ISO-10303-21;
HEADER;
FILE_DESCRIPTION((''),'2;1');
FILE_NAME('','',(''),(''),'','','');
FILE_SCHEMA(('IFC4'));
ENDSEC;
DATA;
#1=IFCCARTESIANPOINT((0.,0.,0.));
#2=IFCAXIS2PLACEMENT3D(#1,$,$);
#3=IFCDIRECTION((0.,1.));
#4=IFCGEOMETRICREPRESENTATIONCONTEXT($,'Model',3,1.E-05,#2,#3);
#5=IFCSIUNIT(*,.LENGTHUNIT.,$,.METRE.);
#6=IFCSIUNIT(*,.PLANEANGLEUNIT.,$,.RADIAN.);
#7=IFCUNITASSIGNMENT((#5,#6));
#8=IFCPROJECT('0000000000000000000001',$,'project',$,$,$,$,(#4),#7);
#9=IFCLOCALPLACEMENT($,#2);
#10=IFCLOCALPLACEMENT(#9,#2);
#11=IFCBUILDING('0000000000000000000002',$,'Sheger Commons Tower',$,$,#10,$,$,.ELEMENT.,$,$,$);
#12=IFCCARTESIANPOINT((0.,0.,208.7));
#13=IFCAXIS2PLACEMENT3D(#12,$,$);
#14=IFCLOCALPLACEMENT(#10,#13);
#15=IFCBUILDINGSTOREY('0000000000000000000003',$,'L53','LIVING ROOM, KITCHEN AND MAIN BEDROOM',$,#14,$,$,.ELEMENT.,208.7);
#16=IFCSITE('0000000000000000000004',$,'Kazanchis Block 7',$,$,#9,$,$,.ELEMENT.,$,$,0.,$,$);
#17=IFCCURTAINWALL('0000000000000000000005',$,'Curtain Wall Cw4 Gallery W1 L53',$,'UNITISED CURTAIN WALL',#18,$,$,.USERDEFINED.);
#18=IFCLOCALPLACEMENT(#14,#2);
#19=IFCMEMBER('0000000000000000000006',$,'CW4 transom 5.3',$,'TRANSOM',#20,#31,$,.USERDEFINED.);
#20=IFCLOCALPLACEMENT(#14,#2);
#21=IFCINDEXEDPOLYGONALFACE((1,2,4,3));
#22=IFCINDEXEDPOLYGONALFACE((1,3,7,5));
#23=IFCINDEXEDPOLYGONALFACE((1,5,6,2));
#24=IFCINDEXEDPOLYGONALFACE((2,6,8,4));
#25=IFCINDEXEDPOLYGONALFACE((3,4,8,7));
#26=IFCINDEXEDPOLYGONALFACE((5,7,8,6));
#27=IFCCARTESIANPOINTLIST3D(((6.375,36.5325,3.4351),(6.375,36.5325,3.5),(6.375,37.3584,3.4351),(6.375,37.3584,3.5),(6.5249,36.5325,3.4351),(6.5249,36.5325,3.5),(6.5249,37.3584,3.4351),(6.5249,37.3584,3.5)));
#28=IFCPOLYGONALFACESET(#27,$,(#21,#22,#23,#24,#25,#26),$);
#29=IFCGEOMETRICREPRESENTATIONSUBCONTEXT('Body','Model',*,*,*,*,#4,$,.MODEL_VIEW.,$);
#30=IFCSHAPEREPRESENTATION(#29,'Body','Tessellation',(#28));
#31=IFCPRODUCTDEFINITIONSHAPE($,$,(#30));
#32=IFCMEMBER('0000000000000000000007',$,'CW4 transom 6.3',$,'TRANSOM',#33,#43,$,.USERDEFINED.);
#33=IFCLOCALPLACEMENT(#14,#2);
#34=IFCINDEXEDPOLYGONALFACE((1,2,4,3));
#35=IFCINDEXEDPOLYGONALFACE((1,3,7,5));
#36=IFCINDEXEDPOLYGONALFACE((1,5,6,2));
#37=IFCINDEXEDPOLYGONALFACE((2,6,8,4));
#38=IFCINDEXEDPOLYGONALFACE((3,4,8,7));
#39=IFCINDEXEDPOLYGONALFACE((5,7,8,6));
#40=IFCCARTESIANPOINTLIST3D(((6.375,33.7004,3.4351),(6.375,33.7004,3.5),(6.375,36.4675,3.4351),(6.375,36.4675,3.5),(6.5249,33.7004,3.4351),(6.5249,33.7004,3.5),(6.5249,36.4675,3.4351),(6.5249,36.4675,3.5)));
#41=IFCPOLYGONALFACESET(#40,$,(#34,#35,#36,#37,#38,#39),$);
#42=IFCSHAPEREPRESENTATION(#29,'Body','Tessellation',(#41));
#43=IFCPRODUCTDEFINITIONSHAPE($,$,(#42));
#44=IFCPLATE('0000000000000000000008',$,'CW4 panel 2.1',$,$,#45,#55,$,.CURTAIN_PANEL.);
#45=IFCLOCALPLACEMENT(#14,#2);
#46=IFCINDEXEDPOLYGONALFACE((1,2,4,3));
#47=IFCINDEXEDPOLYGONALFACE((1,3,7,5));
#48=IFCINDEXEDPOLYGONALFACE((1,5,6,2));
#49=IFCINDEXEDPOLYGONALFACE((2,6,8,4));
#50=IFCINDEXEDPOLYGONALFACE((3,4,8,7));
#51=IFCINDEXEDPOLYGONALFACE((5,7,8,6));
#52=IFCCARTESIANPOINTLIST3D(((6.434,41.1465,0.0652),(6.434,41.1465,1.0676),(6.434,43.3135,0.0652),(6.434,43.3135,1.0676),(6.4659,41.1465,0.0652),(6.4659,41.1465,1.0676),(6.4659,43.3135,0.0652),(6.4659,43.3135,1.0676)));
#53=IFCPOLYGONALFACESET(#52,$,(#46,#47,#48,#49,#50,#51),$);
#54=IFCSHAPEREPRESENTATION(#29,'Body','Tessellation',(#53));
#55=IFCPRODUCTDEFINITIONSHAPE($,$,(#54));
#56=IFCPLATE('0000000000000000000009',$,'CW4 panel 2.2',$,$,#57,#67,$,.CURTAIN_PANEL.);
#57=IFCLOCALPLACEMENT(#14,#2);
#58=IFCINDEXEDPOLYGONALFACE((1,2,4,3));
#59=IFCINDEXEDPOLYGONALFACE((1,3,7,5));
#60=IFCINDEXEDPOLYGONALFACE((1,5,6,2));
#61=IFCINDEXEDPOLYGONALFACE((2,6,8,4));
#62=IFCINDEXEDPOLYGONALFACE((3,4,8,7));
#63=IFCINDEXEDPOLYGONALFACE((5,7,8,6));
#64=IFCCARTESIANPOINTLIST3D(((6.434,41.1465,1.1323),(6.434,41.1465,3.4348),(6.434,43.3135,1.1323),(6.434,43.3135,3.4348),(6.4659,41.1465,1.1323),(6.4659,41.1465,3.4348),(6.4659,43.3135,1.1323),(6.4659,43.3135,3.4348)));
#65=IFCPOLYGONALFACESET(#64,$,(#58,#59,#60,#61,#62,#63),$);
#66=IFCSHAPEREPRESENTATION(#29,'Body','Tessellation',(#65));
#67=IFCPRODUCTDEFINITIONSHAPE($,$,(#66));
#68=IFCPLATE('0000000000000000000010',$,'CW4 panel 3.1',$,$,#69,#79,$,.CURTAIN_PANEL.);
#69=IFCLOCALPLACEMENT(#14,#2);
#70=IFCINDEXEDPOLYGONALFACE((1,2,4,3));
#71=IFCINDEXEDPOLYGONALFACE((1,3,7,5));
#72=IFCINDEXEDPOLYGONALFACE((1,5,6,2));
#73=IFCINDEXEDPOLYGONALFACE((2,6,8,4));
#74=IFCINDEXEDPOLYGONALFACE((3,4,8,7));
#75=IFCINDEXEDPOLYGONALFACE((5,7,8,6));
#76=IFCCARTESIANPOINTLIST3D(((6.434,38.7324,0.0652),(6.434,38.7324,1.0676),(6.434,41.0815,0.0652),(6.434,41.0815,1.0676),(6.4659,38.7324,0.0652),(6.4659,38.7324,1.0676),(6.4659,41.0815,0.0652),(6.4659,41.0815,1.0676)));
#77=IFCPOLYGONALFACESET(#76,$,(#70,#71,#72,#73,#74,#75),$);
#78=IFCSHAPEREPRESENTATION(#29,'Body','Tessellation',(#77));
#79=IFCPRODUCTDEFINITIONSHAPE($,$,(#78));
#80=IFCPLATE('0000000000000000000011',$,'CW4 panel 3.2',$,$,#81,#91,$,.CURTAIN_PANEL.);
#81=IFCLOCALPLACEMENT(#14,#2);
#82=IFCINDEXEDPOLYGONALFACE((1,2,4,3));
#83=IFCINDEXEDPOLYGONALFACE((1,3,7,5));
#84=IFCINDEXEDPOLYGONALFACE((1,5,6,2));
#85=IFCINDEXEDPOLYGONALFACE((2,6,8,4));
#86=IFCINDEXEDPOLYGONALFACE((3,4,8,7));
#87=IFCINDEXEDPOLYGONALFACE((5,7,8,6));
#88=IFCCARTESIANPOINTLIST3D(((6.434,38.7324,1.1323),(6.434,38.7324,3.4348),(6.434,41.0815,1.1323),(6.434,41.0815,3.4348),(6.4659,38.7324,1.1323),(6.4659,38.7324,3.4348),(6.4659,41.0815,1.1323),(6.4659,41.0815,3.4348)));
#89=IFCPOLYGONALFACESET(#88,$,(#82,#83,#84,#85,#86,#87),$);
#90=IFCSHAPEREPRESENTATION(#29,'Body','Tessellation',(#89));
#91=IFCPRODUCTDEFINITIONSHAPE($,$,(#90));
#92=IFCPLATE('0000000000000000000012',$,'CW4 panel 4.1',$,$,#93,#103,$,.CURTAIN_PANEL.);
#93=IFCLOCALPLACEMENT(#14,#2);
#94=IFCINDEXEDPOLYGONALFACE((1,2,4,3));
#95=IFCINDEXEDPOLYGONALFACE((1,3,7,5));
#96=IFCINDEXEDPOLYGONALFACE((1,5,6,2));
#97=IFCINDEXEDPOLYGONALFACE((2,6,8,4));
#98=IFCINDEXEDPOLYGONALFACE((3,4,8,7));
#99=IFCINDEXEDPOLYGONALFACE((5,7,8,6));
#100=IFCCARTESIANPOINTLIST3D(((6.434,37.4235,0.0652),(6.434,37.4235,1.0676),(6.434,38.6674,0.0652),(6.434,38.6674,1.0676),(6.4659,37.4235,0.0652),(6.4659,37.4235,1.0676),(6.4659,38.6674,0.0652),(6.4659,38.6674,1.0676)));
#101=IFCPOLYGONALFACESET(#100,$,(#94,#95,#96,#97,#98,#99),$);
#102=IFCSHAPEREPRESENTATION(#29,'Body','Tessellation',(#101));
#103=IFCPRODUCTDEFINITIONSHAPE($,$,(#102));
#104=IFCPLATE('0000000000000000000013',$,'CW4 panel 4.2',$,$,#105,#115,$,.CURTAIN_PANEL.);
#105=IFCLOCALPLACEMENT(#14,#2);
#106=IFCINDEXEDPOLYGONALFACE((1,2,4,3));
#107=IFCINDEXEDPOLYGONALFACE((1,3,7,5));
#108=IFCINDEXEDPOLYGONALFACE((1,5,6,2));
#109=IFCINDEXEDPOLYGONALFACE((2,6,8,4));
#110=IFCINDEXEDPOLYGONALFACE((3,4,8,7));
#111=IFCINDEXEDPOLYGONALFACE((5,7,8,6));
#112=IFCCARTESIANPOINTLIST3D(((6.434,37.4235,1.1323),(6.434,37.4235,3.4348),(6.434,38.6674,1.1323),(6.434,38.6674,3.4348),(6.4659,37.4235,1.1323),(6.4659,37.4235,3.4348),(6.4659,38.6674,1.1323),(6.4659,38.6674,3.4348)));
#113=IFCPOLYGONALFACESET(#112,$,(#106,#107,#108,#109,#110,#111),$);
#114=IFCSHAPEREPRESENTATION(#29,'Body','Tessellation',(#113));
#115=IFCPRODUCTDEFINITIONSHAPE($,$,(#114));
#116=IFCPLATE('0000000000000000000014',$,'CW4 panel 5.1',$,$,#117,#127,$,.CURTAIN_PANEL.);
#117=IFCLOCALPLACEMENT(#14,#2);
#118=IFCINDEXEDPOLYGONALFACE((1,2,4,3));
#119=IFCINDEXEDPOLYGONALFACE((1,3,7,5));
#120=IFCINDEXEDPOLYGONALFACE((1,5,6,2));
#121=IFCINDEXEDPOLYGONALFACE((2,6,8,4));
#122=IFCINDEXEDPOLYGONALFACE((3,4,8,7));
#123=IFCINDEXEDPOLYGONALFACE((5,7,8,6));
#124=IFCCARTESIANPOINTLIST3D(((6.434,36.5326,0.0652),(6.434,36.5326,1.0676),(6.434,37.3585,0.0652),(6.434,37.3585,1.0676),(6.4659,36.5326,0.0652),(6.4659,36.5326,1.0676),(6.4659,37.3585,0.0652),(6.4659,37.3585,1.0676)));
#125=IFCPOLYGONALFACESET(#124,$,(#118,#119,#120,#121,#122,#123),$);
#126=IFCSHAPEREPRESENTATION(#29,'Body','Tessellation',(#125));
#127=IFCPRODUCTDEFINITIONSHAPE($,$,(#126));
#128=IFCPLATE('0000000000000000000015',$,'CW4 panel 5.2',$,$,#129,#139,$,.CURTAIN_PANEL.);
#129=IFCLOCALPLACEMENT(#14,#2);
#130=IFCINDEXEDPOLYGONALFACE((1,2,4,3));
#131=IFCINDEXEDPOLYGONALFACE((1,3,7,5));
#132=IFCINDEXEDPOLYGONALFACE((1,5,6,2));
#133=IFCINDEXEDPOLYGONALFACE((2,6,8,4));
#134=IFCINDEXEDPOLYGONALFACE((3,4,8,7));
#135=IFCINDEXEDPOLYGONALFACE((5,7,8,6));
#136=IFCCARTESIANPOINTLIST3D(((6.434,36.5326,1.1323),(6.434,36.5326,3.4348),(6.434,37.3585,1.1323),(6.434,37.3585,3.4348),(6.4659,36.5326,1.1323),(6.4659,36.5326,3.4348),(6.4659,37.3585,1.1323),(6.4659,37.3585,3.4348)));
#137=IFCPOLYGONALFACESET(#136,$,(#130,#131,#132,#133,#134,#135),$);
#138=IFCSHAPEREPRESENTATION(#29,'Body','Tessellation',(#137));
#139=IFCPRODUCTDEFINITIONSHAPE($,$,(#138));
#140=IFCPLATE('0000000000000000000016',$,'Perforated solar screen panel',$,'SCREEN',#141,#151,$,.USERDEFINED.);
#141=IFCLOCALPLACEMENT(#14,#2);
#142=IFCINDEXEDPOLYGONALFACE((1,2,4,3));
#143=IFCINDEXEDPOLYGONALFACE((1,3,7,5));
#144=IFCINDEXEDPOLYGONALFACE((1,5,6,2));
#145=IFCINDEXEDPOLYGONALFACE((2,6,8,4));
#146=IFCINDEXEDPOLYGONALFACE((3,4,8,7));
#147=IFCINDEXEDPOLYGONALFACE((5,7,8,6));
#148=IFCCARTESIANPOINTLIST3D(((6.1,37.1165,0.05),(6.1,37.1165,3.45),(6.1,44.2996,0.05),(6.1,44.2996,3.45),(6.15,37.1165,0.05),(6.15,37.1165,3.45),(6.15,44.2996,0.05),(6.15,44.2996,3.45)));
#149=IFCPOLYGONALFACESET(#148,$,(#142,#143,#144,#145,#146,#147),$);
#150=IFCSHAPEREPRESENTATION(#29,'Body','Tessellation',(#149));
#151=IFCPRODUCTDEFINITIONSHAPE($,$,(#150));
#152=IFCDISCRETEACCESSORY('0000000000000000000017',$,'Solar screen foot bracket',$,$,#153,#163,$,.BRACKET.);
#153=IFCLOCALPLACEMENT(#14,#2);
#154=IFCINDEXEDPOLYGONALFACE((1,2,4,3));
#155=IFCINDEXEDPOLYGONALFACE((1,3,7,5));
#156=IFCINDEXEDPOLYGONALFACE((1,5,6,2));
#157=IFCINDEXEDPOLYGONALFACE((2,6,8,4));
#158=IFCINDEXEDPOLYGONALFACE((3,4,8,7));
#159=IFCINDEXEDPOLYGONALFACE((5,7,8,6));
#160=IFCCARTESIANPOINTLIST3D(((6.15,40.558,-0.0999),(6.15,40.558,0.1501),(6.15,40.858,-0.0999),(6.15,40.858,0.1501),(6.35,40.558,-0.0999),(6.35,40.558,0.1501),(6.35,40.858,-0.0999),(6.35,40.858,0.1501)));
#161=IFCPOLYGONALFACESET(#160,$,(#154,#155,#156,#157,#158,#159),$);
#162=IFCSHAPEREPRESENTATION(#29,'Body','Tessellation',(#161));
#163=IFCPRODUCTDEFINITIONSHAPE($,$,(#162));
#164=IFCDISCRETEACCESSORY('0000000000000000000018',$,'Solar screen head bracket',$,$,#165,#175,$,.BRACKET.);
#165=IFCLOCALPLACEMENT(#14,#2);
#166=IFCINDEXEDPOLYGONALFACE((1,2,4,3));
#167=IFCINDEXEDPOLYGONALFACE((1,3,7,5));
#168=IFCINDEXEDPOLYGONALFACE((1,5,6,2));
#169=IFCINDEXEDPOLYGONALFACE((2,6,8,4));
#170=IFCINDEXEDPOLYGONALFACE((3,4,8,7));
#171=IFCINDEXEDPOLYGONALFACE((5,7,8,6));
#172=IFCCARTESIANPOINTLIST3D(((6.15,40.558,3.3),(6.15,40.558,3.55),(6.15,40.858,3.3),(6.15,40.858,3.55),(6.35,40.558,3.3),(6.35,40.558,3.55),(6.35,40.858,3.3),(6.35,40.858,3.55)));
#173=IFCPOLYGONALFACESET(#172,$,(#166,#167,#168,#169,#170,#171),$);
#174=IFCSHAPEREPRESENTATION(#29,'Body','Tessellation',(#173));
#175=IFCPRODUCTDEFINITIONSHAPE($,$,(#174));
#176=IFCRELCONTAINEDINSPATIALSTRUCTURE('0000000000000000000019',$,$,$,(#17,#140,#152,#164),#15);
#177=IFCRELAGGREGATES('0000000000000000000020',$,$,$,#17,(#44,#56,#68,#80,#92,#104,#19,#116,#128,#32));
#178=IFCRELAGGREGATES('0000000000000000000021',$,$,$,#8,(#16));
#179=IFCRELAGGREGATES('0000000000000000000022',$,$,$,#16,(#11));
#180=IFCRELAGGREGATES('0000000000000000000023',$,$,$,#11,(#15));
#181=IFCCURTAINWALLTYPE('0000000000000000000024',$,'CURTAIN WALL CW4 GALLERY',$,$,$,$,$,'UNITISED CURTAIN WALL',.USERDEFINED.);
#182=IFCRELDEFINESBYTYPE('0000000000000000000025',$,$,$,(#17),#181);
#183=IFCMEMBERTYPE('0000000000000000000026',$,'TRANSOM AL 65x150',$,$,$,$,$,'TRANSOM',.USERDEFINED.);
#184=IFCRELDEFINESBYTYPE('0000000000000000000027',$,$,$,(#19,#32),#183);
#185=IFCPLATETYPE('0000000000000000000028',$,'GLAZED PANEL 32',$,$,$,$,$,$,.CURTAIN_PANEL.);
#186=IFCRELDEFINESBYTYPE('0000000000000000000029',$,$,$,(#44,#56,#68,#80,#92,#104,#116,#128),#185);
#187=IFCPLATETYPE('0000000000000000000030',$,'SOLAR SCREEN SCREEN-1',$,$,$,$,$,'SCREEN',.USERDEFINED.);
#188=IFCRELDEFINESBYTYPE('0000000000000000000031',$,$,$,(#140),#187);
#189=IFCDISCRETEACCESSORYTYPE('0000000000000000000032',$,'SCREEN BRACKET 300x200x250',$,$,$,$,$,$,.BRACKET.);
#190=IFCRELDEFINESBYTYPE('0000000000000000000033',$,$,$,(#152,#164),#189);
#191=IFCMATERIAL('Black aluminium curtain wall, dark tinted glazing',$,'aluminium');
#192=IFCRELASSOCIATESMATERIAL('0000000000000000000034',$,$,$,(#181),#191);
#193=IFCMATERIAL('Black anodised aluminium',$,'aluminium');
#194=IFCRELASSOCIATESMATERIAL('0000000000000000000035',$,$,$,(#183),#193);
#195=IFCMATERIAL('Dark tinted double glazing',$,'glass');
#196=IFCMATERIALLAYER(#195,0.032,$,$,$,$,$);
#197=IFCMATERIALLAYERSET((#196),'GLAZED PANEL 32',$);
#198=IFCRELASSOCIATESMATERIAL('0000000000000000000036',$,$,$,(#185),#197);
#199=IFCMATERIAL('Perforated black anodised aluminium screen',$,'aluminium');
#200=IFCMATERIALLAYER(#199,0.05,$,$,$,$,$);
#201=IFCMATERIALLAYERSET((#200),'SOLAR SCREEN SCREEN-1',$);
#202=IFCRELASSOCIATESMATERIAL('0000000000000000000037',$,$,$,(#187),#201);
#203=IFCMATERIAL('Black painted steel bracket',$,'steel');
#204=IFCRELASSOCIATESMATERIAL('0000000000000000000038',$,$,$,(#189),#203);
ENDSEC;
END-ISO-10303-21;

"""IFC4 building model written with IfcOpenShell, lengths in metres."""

from ifc_helpers import new_model, si_unit, direction, frame, origin, origin_2d, place, context, subcontext, project, spatial, rectangle, extrude, material, layer, layer_set, material_profile, profile_set, type_object, element, aggregate, save


model = new_model("IFC4")

# Units and contexts
model_context = context("Model", 3, precision=1e-05, world=origin(), true_north=direction((0.0, 1.0)))
body_context = subcontext(model_context, "Body", "Model", "MODEL_VIEW")
ifc_project = project(units=[si_unit("LENGTHUNIT", "METRE"), si_unit("PLANEANGLEUNIT", "RADIAN")], contexts=[model_context])

# Site, building, storey
site_placement = place(None, origin())
site = spatial("IfcSite", under=ifc_project, at=site_placement, Name="Kazanchis Block 7", CompositionType="ELEMENT", RefElevation=0.0)
building_placement = place(site_placement, origin())
building = spatial("IfcBuilding", under=site, at=building_placement, Name="Sheger Commons Tower", CompositionType="ELEMENT")
storey_placement = place(building_placement, frame((0.0, 0.0, 208.7)))
storey = spatial("IfcBuildingStorey", under=building, at=storey_placement, Name="L53", Description="LIVING ROOM, KITCHEN AND MAIN BEDROOM", CompositionType="ELEMENT", Elevation=208.7)

# Curtain wall, members, plates
ifc_material_1 = material(Name="Black aluminium curtain wall, dark tinted glazing", Category="aluminium")
curtain_wall_type = type_object("IfcCurtainWallType", Name="CURTAIN WALL CW4 GALLERY", ElementType="UNITISED CURTAIN WALL", PredefinedType="USERDEFINED", material=ifc_material_1)
curtain_wall_placement = place(storey_placement, origin())
curtain_wall = element("IfcCurtainWall", 1, at=curtain_wall_placement, inside=storey, type_object=curtain_wall_type, Name="Curtain Wall Cw4 Gallery W1 L53", ObjectType="UNITISED CURTAIN WALL", PredefinedType="USERDEFINED")
ifc_material_2 = material(Name="Black anodised aluminium", Category="aluminium")
ifc_material_profile_1 = material_profile(ifc_material_2, rectangle(XDim=0.1499, YDim=0.0649, at=origin_2d()), Name="AL 65x150")
ifc_profile_set_1 = profile_set([ifc_material_profile_1], Name="Black anodised aluminium")
member_type_1 = type_object("IfcMemberType", Name="TRANSOM AL 65x150", ElementType="TRANSOM", PredefinedType="USERDEFINED", material=ifc_profile_set_1)
member_1_placement = place(storey_placement, frame((6.45, 37.3584, 3.4675), z_axis=(0.0, -1.0, 0.0), x_axis=(1.0, 0.0, 0.0)))
member_1 = element("IfcMember", 2, at=member_1_placement, type_object=member_type_1, Name="CW4 transom 5.3", ObjectType="TRANSOM", PredefinedType="USERDEFINED", context=body_context, shape_type="SweptSolid", body=[
    extrude(rectangle(XDim=0.1499, YDim=0.0649, at=origin_2d()), origin(), (0.0, 0.0, 1.0), 0.8259),
])
member_2_placement = place(storey_placement, frame((6.45, 36.4675, 3.4675), z_axis=(0.0, -1.0, 0.0), x_axis=(1.0, 0.0, 0.0)))
member_2 = element("IfcMember", 3, at=member_2_placement, type_object=member_type_1, Name="CW4 transom 6.3", ObjectType="TRANSOM", PredefinedType="USERDEFINED", context=body_context, shape_type="SweptSolid", body=[
    extrude(rectangle(XDim=0.1499, YDim=0.0649, at=origin_2d()), origin(), (0.0, 0.0, 1.0), 2.7671),
])
ifc_material_3 = material(Name="Dark tinted double glazing", Category="glass")
ifc_layer_1 = layer(ifc_material_3, 0.032)
ifc_layer_set_1 = layer_set([ifc_layer_1], Name="GLAZED PANEL 32")
plate_type_1 = type_object("IfcPlateType", Name="GLAZED PANEL 32", PredefinedType="CURTAIN_PANEL", material=ifc_layer_set_1)
plate_1_placement = place(storey_placement, frame((6.45, 42.23, 0.0652), z_axis=(0.0, 0.0, 1.0), x_axis=(0.0, -1.0, 0.0)))
plate_1 = element("IfcPlate", 4, at=plate_1_placement, type_object=plate_type_1, Name="CW4 panel 2.1", PredefinedType="CURTAIN_PANEL", context=body_context, shape_type="SweptSolid", body=[
    extrude(rectangle(XDim=2.167, YDim=0.032, at=origin_2d()), origin(), (0.0, 0.0, 1.0), 1.0024),
])
plate_2_placement = place(storey_placement, frame((6.45, 42.23, 1.1323), z_axis=(0.0, 0.0, 1.0), x_axis=(0.0, -1.0, 0.0)))
plate_2 = element("IfcPlate", 5, at=plate_2_placement, type_object=plate_type_1, Name="CW4 panel 2.2", PredefinedType="CURTAIN_PANEL", context=body_context, shape_type="SweptSolid", body=[
    extrude(rectangle(XDim=2.167, YDim=0.032, at=origin_2d()), origin(), (0.0, 0.0, 1.0), 2.3025),
])
plate_3_placement = place(storey_placement, frame((6.45, 39.907, 0.0652), z_axis=(0.0, 0.0, 1.0), x_axis=(0.0, -1.0, 0.0)))
plate_3 = element("IfcPlate", 6, at=plate_3_placement, type_object=plate_type_1, Name="CW4 panel 3.1", PredefinedType="CURTAIN_PANEL", context=body_context, shape_type="SweptSolid", body=[
    extrude(rectangle(XDim=2.3491, YDim=0.032, at=origin_2d()), origin(), (0.0, 0.0, 1.0), 1.0024),
])
plate_4_placement = place(storey_placement, frame((6.45, 39.907, 1.1323), z_axis=(0.0, 0.0, 1.0), x_axis=(0.0, -1.0, 0.0)))
plate_4 = element("IfcPlate", 7, at=plate_4_placement, type_object=plate_type_1, Name="CW4 panel 3.2", PredefinedType="CURTAIN_PANEL", context=body_context, shape_type="SweptSolid", body=[
    extrude(rectangle(XDim=2.3491, YDim=0.032, at=origin_2d()), origin(), (0.0, 0.0, 1.0), 2.3025),
])
plate_5_placement = place(storey_placement, frame((6.45, 38.0454, 0.0652), z_axis=(0.0, 0.0, 1.0), x_axis=(0.0, -1.0, 0.0)))
plate_5 = element("IfcPlate", 8, at=plate_5_placement, type_object=plate_type_1, Name="CW4 panel 4.1", PredefinedType="CURTAIN_PANEL", context=body_context, shape_type="SweptSolid", body=[
    extrude(rectangle(XDim=1.2439, YDim=0.032, at=origin_2d()), origin(), (0.0, 0.0, 1.0), 1.0024),
])
plate_6_placement = place(storey_placement, frame((6.45, 38.0454, 1.1323), z_axis=(0.0, 0.0, 1.0), x_axis=(0.0, -1.0, 0.0)))
plate_6 = element("IfcPlate", 9, at=plate_6_placement, type_object=plate_type_1, Name="CW4 panel 4.2", PredefinedType="CURTAIN_PANEL", context=body_context, shape_type="SweptSolid", body=[
    extrude(rectangle(XDim=1.2439, YDim=0.032, at=origin_2d()), origin(), (0.0, 0.0, 1.0), 2.3025),
])
plate_7_placement = place(storey_placement, frame((6.45, 36.9456, 0.0652), z_axis=(0.0, 0.0, 1.0), x_axis=(0.0, -1.0, 0.0)))
plate_7 = element("IfcPlate", 10, at=plate_7_placement, type_object=plate_type_1, Name="CW4 panel 5.1", PredefinedType="CURTAIN_PANEL", context=body_context, shape_type="SweptSolid", body=[
    extrude(rectangle(XDim=0.8259, YDim=0.032, at=origin_2d()), origin(), (0.0, 0.0, 1.0), 1.0024),
])
plate_8_placement = place(storey_placement, frame((6.45, 36.9456, 1.1323), z_axis=(0.0, 0.0, 1.0), x_axis=(0.0, -1.0, 0.0)))
plate_8 = element("IfcPlate", 11, at=plate_8_placement, type_object=plate_type_1, Name="CW4 panel 5.2", PredefinedType="CURTAIN_PANEL", context=body_context, shape_type="SweptSolid", body=[
    extrude(rectangle(XDim=0.8259, YDim=0.032, at=origin_2d()), origin(), (0.0, 0.0, 1.0), 2.3025),
])
aggregate(curtain_wall, [plate_1, plate_2, plate_3, plate_4, plate_5, plate_6, member_1, plate_7, plate_8, member_2])

# Plate
ifc_material_4 = material(Name="Perforated black anodised aluminium screen", Category="aluminium")
ifc_layer_2 = layer(ifc_material_4, 0.05)
ifc_layer_set_2 = layer_set([ifc_layer_2], Name="SOLAR SCREEN SCREEN-1")
plate_type_2 = type_object("IfcPlateType", Name="SOLAR SCREEN SCREEN-1", ElementType="SCREEN", PredefinedType="USERDEFINED", material=ifc_layer_set_2)
plate_9_placement = place(storey_placement, frame((6.125, 40.708, 0.05), z_axis=(0.0, 0.0, 1.0), x_axis=(0.0, -1.0, 0.0)))
element("IfcPlate", 12, at=plate_9_placement, inside=storey, type_object=plate_type_2, Name="Perforated solar screen panel", ObjectType="SCREEN", PredefinedType="USERDEFINED", context=body_context, shape_type="SweptSolid", body=[
    extrude(rectangle(XDim=7.1831, YDim=0.05, at=origin_2d()), origin(), (0.0, 0.0, 1.0), 3.3999),
])

# Discrete accessories
ifc_material_5 = material(Name="Black painted steel bracket", Category="steel")
discrete_accessory_type = type_object("IfcDiscreteAccessoryType", Name="SCREEN BRACKET 300x200x250", PredefinedType="BRACKET", material=ifc_material_5)
for number, where, z_axis, x_axis, name in (
    (13, (6.25, 40.708, -0.0999), (0.0, 0.0, 1.0), (0.0, -1.0, 0.0), "Solar screen foot bracket"),
    (14, (6.25, 40.708, 3.3), (0.0, 0.0, 1.0), (0.0, -1.0, 0.0), "Solar screen head bracket"),
):
    element("IfcDiscreteAccessory", number, at=place(storey_placement, frame(where, z_axis=z_axis, x_axis=x_axis)), inside=storey, type_object=discrete_accessory_type, Name=name, PredefinedType="BRACKET", context=body_context, shape_type="SweptSolid", body=[
        extrude(rectangle(XDim=0.3, YDim=0.2, at=origin_2d()), origin(), (0.0, 0.0, 1.0), 0.25),
    ])

save(model, "model.ifc")
